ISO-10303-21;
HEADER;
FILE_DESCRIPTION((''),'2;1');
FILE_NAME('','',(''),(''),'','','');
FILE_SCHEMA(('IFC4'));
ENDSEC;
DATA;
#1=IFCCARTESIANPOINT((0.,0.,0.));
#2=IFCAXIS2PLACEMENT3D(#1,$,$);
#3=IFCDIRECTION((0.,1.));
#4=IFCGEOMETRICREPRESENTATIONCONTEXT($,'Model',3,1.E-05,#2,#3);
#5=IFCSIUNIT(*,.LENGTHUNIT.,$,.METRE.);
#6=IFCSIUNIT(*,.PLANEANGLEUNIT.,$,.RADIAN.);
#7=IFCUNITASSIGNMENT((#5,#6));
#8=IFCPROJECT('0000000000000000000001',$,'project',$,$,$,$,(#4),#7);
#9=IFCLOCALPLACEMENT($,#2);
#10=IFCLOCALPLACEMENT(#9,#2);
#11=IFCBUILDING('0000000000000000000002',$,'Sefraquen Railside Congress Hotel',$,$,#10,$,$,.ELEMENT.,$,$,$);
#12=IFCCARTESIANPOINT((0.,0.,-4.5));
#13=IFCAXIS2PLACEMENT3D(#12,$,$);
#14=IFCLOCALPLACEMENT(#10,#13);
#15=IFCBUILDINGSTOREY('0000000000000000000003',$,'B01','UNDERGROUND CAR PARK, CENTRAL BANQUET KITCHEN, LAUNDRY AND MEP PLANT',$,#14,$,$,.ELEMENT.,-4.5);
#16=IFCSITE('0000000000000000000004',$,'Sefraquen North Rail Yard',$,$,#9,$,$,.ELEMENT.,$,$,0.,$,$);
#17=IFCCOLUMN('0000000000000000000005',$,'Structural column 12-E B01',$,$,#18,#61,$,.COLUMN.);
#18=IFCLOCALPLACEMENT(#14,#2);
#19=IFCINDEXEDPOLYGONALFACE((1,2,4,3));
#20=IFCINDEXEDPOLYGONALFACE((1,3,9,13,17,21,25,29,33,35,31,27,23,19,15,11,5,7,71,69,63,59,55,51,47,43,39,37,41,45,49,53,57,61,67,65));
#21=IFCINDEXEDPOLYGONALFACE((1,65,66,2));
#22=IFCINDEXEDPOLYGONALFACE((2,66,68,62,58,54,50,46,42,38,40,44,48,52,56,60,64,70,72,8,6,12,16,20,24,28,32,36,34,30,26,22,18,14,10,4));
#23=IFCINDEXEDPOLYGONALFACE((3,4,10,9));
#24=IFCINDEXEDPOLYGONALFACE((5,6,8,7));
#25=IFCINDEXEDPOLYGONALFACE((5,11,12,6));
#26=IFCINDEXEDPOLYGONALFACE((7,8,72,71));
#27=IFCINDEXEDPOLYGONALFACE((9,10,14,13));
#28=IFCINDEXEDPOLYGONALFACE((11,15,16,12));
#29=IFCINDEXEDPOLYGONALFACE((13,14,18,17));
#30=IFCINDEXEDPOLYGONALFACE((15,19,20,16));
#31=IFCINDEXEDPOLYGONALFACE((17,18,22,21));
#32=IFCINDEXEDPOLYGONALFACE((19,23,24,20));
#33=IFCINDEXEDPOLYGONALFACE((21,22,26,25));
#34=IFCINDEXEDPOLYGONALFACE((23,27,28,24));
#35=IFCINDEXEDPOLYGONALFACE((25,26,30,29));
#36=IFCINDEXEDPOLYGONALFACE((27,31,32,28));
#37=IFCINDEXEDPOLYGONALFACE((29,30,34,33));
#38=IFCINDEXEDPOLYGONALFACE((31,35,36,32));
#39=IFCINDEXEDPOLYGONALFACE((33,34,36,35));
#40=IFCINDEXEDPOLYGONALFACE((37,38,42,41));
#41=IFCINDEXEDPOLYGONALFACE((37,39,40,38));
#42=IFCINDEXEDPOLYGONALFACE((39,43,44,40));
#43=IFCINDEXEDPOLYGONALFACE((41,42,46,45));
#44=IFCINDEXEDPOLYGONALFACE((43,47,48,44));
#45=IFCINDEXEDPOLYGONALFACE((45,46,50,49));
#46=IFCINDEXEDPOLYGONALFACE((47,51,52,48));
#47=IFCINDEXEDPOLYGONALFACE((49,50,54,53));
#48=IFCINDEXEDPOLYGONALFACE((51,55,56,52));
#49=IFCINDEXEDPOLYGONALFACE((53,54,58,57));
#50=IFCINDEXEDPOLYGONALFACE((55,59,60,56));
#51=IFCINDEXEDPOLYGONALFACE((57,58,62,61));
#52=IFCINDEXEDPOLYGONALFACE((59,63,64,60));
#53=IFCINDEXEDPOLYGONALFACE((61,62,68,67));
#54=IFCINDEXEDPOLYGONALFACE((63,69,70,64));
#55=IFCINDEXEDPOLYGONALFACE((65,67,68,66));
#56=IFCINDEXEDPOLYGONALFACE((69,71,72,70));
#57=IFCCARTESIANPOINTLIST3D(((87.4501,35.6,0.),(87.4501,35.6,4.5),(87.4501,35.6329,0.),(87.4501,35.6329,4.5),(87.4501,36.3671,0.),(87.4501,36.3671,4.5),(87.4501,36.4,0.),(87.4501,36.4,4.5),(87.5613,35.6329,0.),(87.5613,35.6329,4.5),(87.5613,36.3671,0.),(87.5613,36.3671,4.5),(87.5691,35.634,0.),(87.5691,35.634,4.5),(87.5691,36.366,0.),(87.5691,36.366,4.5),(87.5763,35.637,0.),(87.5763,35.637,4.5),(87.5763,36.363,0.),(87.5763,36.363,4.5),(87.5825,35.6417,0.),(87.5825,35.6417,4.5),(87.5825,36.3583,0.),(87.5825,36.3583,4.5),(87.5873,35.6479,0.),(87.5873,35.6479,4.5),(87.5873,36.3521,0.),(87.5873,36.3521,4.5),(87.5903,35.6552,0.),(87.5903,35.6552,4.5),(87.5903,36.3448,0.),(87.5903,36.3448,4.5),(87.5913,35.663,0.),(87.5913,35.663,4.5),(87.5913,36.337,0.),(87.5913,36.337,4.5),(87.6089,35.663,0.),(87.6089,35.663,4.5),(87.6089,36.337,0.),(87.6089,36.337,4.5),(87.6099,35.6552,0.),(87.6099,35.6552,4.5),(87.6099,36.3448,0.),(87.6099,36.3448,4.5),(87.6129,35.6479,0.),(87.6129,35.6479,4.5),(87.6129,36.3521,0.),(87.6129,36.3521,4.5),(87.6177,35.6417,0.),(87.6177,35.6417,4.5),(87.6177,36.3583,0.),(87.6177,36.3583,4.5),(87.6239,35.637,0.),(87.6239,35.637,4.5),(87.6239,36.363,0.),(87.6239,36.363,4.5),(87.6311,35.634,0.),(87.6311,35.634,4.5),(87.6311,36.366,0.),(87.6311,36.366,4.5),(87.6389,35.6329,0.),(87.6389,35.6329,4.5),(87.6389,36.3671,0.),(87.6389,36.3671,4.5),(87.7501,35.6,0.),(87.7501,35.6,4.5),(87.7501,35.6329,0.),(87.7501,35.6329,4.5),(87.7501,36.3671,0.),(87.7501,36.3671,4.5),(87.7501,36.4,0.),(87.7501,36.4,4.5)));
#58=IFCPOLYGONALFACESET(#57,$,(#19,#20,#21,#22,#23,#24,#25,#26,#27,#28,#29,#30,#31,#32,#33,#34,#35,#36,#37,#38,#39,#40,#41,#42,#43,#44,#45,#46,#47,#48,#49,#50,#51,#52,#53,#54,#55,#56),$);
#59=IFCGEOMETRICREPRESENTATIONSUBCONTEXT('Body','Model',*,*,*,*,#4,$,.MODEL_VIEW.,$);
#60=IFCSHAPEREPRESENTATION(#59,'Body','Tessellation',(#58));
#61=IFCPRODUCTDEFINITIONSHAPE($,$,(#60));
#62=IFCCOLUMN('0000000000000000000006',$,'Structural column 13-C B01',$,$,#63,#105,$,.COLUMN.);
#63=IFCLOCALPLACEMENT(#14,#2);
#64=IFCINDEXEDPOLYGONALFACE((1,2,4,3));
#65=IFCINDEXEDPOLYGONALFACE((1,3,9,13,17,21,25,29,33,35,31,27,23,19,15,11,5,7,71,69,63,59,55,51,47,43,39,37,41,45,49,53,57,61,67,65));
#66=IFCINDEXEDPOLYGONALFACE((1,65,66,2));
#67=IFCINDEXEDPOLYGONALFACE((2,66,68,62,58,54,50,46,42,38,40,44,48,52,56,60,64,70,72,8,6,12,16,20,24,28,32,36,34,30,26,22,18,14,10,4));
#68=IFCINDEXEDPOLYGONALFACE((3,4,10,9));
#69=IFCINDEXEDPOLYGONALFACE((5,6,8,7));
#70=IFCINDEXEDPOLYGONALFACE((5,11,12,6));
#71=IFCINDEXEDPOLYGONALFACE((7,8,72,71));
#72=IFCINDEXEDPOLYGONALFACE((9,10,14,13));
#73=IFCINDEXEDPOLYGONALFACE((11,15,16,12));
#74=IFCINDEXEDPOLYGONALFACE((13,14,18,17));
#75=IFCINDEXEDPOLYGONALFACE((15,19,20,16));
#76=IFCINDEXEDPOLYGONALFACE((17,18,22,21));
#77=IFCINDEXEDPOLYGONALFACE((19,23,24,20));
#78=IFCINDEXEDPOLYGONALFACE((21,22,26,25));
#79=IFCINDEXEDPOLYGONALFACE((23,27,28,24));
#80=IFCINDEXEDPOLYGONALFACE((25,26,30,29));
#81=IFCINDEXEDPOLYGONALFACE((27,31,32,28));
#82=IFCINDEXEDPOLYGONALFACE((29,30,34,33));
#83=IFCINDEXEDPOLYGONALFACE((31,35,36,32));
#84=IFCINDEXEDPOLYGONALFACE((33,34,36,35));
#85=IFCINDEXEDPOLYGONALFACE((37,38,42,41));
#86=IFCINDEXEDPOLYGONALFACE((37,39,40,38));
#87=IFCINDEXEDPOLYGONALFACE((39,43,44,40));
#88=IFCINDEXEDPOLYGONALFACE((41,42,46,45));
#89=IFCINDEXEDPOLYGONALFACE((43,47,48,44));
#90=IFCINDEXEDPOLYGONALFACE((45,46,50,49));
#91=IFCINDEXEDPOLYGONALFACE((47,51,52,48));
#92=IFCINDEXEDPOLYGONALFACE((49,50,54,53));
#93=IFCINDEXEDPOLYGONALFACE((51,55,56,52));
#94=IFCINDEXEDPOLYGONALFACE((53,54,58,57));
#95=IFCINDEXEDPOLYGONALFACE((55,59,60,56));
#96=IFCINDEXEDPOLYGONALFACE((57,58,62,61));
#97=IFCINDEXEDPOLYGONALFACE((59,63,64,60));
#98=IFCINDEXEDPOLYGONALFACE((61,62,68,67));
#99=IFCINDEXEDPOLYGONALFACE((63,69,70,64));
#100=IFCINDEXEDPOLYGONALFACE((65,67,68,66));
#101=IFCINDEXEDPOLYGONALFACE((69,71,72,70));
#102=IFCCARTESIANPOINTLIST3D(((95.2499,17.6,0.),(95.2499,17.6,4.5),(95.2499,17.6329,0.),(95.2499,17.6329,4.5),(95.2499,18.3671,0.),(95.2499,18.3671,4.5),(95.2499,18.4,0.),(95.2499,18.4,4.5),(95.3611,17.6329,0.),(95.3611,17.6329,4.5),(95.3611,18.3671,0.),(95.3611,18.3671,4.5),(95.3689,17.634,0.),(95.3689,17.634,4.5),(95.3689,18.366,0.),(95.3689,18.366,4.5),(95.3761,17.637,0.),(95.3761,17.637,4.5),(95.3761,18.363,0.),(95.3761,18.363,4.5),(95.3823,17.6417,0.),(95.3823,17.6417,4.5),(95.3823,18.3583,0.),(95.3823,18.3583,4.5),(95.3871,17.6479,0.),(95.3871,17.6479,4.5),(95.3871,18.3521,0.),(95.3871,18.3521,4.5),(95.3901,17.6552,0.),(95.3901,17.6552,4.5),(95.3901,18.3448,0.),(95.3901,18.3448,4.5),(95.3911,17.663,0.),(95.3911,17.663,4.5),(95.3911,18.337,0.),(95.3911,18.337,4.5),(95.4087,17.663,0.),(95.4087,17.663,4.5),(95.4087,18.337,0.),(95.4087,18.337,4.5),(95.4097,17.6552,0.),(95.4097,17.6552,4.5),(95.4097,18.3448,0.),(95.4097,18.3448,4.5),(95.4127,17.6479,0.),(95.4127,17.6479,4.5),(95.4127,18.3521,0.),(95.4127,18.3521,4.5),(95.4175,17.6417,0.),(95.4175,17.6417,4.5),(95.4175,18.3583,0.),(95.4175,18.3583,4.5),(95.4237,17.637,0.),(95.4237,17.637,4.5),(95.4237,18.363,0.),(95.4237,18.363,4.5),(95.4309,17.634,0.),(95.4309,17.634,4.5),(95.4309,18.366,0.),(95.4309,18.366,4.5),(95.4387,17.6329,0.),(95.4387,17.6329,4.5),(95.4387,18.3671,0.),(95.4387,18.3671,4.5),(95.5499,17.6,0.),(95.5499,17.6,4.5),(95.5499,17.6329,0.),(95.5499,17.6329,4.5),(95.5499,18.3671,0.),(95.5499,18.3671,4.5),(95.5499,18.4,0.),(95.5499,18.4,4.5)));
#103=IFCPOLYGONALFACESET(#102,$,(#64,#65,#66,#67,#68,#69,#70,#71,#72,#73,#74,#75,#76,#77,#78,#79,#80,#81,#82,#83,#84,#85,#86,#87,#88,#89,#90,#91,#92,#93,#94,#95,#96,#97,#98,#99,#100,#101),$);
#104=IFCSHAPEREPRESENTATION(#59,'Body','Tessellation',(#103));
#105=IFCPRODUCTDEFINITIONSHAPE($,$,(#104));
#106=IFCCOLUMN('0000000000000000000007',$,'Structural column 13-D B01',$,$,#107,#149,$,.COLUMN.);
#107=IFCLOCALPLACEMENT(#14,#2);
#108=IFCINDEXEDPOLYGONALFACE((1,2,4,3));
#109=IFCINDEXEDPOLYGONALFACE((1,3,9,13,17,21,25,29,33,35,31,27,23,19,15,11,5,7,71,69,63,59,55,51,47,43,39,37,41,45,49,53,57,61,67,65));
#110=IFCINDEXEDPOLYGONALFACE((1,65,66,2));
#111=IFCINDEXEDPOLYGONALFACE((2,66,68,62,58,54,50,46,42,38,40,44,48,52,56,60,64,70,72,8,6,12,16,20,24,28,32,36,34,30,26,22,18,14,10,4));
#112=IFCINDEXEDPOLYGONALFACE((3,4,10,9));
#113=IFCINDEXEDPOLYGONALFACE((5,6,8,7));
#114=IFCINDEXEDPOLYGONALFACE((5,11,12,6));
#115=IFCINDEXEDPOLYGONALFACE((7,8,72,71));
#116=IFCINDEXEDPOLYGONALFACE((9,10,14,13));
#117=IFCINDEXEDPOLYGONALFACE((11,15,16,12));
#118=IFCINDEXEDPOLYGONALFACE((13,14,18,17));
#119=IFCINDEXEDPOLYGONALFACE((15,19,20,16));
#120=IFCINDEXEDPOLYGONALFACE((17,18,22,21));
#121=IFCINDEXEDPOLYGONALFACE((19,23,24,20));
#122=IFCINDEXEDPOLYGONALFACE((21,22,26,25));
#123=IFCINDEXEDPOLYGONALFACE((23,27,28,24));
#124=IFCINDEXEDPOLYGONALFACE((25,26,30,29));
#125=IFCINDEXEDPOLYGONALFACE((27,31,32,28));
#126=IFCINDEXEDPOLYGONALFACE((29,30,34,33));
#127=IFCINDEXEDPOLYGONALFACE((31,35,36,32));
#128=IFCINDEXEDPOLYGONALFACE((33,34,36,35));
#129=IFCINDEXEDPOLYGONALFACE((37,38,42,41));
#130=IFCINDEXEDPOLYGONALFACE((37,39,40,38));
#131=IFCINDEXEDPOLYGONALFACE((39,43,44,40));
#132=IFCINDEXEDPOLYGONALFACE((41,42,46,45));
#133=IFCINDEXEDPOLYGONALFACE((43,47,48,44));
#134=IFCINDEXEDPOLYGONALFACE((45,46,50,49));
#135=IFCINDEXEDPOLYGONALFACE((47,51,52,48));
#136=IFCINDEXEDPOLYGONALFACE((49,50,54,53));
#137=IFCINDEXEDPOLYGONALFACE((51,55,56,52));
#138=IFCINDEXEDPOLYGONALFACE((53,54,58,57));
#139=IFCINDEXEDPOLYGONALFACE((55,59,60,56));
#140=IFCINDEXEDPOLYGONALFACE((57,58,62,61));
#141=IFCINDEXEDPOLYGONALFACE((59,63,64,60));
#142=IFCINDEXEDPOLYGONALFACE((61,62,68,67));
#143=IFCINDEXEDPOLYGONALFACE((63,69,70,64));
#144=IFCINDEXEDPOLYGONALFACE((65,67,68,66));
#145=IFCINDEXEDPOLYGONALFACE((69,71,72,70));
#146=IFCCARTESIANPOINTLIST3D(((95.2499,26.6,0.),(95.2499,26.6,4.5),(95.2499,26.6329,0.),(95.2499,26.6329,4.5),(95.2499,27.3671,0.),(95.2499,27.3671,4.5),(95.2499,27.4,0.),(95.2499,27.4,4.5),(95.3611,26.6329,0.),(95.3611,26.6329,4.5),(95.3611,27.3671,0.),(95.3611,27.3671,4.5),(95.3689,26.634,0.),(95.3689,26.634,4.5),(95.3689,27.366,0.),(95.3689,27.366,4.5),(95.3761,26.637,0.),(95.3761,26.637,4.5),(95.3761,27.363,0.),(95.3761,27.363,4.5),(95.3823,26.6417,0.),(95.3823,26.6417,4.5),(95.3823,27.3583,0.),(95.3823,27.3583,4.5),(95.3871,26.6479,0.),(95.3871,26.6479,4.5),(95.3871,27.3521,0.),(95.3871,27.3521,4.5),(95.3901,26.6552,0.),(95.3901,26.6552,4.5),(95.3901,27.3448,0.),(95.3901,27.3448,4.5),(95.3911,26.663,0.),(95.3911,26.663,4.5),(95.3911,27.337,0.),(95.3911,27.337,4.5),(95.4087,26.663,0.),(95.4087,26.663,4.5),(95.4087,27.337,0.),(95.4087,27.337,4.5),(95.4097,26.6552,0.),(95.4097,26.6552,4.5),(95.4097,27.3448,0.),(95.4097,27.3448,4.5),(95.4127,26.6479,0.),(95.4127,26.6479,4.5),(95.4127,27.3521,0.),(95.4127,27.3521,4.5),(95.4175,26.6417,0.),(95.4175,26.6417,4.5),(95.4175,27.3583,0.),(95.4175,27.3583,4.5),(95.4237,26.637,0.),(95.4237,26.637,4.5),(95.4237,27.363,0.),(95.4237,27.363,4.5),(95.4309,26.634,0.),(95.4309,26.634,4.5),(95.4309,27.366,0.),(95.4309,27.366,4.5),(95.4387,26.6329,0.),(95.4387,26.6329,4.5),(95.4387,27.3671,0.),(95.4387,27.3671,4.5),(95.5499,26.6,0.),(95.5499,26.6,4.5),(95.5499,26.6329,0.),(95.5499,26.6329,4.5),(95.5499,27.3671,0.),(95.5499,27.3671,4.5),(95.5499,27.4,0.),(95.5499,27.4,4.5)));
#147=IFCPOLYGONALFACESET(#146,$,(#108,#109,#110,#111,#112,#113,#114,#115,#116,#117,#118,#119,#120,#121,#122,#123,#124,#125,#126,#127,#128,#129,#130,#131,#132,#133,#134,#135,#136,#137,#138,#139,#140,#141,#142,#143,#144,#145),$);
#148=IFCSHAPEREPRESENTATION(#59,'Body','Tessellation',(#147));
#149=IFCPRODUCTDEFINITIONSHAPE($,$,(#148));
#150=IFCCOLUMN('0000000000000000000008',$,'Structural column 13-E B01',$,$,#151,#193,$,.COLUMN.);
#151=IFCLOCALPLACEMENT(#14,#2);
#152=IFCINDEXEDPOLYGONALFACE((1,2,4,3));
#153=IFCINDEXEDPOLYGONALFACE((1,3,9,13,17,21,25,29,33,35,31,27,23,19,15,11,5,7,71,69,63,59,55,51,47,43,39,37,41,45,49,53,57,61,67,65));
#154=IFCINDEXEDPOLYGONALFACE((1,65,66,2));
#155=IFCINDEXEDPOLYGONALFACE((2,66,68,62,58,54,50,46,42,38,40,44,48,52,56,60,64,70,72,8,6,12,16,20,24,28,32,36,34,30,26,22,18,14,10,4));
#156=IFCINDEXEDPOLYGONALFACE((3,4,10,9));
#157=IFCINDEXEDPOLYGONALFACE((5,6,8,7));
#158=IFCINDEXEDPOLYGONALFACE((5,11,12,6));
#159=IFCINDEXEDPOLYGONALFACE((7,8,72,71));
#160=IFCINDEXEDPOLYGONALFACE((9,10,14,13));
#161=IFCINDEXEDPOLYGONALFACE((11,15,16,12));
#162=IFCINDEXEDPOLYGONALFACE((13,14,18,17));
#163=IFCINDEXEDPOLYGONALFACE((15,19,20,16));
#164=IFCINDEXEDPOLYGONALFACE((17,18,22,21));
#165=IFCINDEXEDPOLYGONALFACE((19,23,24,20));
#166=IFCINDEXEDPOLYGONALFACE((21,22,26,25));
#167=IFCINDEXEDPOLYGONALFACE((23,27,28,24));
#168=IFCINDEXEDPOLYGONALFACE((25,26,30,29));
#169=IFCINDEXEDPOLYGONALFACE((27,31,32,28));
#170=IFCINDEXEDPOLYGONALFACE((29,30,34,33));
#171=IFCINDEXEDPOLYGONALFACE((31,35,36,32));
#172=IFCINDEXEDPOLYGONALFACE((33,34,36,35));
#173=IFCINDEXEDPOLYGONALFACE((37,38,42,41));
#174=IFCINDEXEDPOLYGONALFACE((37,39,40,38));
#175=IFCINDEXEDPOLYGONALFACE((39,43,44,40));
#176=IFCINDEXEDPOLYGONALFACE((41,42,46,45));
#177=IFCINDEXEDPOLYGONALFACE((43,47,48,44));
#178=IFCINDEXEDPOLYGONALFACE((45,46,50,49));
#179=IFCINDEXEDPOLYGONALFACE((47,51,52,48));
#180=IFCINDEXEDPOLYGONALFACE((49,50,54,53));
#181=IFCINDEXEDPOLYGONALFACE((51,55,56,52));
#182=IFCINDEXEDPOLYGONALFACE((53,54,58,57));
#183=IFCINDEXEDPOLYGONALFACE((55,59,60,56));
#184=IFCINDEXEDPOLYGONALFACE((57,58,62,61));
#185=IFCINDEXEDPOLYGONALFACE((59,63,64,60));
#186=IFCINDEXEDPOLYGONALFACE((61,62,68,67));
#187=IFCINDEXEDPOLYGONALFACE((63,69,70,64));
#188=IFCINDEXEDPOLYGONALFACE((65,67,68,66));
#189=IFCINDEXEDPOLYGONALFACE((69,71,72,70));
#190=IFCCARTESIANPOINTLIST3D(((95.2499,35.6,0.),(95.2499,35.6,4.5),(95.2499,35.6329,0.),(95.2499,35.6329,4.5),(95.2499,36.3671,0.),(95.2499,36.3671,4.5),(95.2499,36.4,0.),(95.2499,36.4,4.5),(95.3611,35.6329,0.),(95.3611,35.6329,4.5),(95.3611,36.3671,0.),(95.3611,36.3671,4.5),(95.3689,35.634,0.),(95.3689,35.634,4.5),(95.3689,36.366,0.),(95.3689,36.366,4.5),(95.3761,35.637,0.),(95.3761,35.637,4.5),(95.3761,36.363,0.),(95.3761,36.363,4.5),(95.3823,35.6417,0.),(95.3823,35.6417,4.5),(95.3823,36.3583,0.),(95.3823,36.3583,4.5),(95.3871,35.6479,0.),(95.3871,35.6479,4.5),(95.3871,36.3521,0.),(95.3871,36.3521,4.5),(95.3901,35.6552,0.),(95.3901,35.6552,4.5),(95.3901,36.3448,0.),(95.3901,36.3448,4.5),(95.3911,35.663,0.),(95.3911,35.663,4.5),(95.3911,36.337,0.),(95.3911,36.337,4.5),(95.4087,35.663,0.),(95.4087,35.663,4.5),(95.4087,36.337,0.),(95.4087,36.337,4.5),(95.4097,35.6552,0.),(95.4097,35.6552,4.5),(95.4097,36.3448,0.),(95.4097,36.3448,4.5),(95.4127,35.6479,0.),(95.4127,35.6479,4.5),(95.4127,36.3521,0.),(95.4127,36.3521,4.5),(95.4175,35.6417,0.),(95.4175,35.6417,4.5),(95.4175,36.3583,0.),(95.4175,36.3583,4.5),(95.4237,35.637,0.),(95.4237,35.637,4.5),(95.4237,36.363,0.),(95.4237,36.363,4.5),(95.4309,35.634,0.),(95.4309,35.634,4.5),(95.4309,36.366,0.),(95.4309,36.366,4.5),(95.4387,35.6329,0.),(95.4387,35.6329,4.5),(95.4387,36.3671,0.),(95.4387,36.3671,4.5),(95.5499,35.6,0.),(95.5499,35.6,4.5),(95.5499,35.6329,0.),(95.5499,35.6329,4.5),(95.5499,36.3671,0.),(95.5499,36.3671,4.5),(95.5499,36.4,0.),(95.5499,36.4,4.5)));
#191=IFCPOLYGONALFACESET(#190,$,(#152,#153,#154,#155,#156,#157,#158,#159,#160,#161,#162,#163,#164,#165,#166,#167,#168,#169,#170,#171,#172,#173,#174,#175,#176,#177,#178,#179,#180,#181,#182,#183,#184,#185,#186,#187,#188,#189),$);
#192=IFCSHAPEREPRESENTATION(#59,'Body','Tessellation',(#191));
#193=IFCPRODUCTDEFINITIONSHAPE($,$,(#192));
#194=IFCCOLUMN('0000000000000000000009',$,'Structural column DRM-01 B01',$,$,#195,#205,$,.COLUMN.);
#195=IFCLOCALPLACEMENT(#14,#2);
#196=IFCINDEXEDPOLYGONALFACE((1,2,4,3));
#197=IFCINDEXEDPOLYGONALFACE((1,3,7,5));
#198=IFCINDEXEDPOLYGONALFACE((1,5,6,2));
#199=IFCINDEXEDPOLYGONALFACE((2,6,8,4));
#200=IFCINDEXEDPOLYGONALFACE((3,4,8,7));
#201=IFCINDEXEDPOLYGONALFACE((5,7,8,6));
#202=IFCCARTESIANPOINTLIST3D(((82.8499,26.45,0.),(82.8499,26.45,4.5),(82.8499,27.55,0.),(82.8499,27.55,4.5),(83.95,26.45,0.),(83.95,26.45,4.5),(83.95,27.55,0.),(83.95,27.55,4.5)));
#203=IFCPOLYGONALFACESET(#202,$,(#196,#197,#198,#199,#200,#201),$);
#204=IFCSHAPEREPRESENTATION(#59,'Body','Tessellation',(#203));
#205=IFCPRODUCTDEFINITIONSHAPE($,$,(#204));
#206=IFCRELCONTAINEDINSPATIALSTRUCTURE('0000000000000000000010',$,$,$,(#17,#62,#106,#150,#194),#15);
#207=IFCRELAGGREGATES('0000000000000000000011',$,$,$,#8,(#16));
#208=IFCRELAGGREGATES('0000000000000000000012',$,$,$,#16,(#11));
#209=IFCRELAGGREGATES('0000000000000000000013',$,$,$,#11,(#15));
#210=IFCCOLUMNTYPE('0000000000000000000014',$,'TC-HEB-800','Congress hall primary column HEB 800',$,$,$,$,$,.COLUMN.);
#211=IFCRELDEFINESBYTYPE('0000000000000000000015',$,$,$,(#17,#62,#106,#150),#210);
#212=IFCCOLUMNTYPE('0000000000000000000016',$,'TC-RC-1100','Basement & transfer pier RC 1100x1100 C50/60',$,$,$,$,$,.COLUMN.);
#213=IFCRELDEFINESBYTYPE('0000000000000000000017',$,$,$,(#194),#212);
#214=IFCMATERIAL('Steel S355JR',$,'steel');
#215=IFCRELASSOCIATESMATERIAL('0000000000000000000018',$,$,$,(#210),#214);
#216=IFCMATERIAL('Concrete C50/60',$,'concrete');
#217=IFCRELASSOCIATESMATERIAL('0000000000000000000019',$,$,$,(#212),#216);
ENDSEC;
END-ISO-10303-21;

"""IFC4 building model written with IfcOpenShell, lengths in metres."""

from ifc_helpers import new_model, si_unit, direction, frame, origin, origin_2d, place, context, subcontext, project, spatial, rectangle, i_section, extrude, material, material_profile, profile_set, type_object, element, save


model = new_model("IFC4")

# Units and contexts
model_context = context("Model", 3, precision=1e-05, world=origin(), true_north=direction((0.0, 1.0)))
body_context = subcontext(model_context, "Body", "Model", "MODEL_VIEW")
ifc_project = project(units=[si_unit("LENGTHUNIT", "METRE"), si_unit("PLANEANGLEUNIT", "RADIAN")], contexts=[model_context])

# Site, building, storey
site_placement = place(None, origin())
site = spatial("IfcSite", under=ifc_project, at=site_placement, Name="Sefraquen North Rail Yard", CompositionType="ELEMENT", RefElevation=0.0)
building_placement = place(site_placement, origin())
building = spatial("IfcBuilding", under=site, at=building_placement, Name="Sefraquen Railside Congress Hotel", CompositionType="ELEMENT")
storey_placement = place(building_placement, frame((0.0, 0.0, -4.5)))
storey = spatial("IfcBuildingStorey", under=building, at=storey_placement, Name="B01", Description="UNDERGROUND CAR PARK, CENTRAL BANQUET KITCHEN, LAUNDRY AND MEP PLANT", CompositionType="ELEMENT", Elevation=-4.5)

# Columns
ifc_material_1 = material(Name="Steel S355JR", Category="steel")
ifc_material_profile_1 = material_profile(ifc_material_1, i_section(OverallWidth=0.3, OverallDepth=0.8, WebThickness=0.0176, FlangeThickness=0.033, FilletRadius=0.03, at=origin_2d()), Name="HEB 800")
ifc_profile_set_1 = profile_set([ifc_material_profile_1], Name="Steel S355JR")
column_type_1 = type_object("IfcColumnType", Name="TC-HEB-800", Description="Congress hall primary column HEB 800", PredefinedType="COLUMN", material=ifc_profile_set_1)
for number, where, z_axis, x_axis, name in (
    (1, (87.6001, 36.0, 0.0), (0.0, 0.0, 1.0), (1.0, 0.0, 0.0), "Structural column 12-E B01"),
    (2, (95.3999, 18.0, 0.0), (0.0, 0.0, 1.0), (1.0, 0.0, 0.0), "Structural column 13-C B01"),
    (3, (95.3999, 27.0, 0.0), (0.0, 0.0, 1.0), (1.0, 0.0, 0.0), "Structural column 13-D B01"),
    (4, (95.3999, 36.0, 0.0), (0.0, 0.0, 1.0), (1.0, 0.0, 0.0), "Structural column 13-E B01"),
):
    element("IfcColumn", number, at=place(storey_placement, frame(where, z_axis=z_axis, x_axis=x_axis)), inside=storey, type_object=column_type_1, Name=name, PredefinedType="COLUMN", context=body_context, shape_type="SweptSolid", body=[
        extrude(i_section(OverallWidth=0.3, OverallDepth=0.8, WebThickness=0.0176, FlangeThickness=0.033, FilletRadius=0.03, at=origin_2d()), origin(), (0.0, 0.0, 1.0), 4.5),
    ])
ifc_material_2 = material(Name="Concrete C50/60", Category="concrete")
ifc_material_profile_2 = material_profile(ifc_material_2, rectangle(XDim=1.1001, YDim=1.1001, at=origin_2d()), Name="RC 1100x1100")
ifc_profile_set_2 = profile_set([ifc_material_profile_2], Name="Concrete C50/60")
column_type_2 = type_object("IfcColumnType", Name="TC-RC-1100", Description="Basement & transfer pier RC 1100x1100 C50/60", PredefinedType="COLUMN", material=ifc_profile_set_2)
for number, where, z_axis, x_axis, name in (
    (5, (83.3999, 27.0, 0.0), (0.0, 0.0, 1.0), (1.0, 0.0, 0.0), "Structural column DRM-01 B01"),
):
    element("IfcColumn", number, at=place(storey_placement, frame(where, z_axis=z_axis, x_axis=x_axis)), inside=storey, type_object=column_type_2, Name=name, PredefinedType="COLUMN", context=body_context, shape_type="SweptSolid", body=[
        extrude(rectangle(XDim=1.1001, YDim=1.1001, at=origin_2d()), origin(), (0.0, 0.0, 1.0), 4.5),
    ])

save(model, "model.ifc")
